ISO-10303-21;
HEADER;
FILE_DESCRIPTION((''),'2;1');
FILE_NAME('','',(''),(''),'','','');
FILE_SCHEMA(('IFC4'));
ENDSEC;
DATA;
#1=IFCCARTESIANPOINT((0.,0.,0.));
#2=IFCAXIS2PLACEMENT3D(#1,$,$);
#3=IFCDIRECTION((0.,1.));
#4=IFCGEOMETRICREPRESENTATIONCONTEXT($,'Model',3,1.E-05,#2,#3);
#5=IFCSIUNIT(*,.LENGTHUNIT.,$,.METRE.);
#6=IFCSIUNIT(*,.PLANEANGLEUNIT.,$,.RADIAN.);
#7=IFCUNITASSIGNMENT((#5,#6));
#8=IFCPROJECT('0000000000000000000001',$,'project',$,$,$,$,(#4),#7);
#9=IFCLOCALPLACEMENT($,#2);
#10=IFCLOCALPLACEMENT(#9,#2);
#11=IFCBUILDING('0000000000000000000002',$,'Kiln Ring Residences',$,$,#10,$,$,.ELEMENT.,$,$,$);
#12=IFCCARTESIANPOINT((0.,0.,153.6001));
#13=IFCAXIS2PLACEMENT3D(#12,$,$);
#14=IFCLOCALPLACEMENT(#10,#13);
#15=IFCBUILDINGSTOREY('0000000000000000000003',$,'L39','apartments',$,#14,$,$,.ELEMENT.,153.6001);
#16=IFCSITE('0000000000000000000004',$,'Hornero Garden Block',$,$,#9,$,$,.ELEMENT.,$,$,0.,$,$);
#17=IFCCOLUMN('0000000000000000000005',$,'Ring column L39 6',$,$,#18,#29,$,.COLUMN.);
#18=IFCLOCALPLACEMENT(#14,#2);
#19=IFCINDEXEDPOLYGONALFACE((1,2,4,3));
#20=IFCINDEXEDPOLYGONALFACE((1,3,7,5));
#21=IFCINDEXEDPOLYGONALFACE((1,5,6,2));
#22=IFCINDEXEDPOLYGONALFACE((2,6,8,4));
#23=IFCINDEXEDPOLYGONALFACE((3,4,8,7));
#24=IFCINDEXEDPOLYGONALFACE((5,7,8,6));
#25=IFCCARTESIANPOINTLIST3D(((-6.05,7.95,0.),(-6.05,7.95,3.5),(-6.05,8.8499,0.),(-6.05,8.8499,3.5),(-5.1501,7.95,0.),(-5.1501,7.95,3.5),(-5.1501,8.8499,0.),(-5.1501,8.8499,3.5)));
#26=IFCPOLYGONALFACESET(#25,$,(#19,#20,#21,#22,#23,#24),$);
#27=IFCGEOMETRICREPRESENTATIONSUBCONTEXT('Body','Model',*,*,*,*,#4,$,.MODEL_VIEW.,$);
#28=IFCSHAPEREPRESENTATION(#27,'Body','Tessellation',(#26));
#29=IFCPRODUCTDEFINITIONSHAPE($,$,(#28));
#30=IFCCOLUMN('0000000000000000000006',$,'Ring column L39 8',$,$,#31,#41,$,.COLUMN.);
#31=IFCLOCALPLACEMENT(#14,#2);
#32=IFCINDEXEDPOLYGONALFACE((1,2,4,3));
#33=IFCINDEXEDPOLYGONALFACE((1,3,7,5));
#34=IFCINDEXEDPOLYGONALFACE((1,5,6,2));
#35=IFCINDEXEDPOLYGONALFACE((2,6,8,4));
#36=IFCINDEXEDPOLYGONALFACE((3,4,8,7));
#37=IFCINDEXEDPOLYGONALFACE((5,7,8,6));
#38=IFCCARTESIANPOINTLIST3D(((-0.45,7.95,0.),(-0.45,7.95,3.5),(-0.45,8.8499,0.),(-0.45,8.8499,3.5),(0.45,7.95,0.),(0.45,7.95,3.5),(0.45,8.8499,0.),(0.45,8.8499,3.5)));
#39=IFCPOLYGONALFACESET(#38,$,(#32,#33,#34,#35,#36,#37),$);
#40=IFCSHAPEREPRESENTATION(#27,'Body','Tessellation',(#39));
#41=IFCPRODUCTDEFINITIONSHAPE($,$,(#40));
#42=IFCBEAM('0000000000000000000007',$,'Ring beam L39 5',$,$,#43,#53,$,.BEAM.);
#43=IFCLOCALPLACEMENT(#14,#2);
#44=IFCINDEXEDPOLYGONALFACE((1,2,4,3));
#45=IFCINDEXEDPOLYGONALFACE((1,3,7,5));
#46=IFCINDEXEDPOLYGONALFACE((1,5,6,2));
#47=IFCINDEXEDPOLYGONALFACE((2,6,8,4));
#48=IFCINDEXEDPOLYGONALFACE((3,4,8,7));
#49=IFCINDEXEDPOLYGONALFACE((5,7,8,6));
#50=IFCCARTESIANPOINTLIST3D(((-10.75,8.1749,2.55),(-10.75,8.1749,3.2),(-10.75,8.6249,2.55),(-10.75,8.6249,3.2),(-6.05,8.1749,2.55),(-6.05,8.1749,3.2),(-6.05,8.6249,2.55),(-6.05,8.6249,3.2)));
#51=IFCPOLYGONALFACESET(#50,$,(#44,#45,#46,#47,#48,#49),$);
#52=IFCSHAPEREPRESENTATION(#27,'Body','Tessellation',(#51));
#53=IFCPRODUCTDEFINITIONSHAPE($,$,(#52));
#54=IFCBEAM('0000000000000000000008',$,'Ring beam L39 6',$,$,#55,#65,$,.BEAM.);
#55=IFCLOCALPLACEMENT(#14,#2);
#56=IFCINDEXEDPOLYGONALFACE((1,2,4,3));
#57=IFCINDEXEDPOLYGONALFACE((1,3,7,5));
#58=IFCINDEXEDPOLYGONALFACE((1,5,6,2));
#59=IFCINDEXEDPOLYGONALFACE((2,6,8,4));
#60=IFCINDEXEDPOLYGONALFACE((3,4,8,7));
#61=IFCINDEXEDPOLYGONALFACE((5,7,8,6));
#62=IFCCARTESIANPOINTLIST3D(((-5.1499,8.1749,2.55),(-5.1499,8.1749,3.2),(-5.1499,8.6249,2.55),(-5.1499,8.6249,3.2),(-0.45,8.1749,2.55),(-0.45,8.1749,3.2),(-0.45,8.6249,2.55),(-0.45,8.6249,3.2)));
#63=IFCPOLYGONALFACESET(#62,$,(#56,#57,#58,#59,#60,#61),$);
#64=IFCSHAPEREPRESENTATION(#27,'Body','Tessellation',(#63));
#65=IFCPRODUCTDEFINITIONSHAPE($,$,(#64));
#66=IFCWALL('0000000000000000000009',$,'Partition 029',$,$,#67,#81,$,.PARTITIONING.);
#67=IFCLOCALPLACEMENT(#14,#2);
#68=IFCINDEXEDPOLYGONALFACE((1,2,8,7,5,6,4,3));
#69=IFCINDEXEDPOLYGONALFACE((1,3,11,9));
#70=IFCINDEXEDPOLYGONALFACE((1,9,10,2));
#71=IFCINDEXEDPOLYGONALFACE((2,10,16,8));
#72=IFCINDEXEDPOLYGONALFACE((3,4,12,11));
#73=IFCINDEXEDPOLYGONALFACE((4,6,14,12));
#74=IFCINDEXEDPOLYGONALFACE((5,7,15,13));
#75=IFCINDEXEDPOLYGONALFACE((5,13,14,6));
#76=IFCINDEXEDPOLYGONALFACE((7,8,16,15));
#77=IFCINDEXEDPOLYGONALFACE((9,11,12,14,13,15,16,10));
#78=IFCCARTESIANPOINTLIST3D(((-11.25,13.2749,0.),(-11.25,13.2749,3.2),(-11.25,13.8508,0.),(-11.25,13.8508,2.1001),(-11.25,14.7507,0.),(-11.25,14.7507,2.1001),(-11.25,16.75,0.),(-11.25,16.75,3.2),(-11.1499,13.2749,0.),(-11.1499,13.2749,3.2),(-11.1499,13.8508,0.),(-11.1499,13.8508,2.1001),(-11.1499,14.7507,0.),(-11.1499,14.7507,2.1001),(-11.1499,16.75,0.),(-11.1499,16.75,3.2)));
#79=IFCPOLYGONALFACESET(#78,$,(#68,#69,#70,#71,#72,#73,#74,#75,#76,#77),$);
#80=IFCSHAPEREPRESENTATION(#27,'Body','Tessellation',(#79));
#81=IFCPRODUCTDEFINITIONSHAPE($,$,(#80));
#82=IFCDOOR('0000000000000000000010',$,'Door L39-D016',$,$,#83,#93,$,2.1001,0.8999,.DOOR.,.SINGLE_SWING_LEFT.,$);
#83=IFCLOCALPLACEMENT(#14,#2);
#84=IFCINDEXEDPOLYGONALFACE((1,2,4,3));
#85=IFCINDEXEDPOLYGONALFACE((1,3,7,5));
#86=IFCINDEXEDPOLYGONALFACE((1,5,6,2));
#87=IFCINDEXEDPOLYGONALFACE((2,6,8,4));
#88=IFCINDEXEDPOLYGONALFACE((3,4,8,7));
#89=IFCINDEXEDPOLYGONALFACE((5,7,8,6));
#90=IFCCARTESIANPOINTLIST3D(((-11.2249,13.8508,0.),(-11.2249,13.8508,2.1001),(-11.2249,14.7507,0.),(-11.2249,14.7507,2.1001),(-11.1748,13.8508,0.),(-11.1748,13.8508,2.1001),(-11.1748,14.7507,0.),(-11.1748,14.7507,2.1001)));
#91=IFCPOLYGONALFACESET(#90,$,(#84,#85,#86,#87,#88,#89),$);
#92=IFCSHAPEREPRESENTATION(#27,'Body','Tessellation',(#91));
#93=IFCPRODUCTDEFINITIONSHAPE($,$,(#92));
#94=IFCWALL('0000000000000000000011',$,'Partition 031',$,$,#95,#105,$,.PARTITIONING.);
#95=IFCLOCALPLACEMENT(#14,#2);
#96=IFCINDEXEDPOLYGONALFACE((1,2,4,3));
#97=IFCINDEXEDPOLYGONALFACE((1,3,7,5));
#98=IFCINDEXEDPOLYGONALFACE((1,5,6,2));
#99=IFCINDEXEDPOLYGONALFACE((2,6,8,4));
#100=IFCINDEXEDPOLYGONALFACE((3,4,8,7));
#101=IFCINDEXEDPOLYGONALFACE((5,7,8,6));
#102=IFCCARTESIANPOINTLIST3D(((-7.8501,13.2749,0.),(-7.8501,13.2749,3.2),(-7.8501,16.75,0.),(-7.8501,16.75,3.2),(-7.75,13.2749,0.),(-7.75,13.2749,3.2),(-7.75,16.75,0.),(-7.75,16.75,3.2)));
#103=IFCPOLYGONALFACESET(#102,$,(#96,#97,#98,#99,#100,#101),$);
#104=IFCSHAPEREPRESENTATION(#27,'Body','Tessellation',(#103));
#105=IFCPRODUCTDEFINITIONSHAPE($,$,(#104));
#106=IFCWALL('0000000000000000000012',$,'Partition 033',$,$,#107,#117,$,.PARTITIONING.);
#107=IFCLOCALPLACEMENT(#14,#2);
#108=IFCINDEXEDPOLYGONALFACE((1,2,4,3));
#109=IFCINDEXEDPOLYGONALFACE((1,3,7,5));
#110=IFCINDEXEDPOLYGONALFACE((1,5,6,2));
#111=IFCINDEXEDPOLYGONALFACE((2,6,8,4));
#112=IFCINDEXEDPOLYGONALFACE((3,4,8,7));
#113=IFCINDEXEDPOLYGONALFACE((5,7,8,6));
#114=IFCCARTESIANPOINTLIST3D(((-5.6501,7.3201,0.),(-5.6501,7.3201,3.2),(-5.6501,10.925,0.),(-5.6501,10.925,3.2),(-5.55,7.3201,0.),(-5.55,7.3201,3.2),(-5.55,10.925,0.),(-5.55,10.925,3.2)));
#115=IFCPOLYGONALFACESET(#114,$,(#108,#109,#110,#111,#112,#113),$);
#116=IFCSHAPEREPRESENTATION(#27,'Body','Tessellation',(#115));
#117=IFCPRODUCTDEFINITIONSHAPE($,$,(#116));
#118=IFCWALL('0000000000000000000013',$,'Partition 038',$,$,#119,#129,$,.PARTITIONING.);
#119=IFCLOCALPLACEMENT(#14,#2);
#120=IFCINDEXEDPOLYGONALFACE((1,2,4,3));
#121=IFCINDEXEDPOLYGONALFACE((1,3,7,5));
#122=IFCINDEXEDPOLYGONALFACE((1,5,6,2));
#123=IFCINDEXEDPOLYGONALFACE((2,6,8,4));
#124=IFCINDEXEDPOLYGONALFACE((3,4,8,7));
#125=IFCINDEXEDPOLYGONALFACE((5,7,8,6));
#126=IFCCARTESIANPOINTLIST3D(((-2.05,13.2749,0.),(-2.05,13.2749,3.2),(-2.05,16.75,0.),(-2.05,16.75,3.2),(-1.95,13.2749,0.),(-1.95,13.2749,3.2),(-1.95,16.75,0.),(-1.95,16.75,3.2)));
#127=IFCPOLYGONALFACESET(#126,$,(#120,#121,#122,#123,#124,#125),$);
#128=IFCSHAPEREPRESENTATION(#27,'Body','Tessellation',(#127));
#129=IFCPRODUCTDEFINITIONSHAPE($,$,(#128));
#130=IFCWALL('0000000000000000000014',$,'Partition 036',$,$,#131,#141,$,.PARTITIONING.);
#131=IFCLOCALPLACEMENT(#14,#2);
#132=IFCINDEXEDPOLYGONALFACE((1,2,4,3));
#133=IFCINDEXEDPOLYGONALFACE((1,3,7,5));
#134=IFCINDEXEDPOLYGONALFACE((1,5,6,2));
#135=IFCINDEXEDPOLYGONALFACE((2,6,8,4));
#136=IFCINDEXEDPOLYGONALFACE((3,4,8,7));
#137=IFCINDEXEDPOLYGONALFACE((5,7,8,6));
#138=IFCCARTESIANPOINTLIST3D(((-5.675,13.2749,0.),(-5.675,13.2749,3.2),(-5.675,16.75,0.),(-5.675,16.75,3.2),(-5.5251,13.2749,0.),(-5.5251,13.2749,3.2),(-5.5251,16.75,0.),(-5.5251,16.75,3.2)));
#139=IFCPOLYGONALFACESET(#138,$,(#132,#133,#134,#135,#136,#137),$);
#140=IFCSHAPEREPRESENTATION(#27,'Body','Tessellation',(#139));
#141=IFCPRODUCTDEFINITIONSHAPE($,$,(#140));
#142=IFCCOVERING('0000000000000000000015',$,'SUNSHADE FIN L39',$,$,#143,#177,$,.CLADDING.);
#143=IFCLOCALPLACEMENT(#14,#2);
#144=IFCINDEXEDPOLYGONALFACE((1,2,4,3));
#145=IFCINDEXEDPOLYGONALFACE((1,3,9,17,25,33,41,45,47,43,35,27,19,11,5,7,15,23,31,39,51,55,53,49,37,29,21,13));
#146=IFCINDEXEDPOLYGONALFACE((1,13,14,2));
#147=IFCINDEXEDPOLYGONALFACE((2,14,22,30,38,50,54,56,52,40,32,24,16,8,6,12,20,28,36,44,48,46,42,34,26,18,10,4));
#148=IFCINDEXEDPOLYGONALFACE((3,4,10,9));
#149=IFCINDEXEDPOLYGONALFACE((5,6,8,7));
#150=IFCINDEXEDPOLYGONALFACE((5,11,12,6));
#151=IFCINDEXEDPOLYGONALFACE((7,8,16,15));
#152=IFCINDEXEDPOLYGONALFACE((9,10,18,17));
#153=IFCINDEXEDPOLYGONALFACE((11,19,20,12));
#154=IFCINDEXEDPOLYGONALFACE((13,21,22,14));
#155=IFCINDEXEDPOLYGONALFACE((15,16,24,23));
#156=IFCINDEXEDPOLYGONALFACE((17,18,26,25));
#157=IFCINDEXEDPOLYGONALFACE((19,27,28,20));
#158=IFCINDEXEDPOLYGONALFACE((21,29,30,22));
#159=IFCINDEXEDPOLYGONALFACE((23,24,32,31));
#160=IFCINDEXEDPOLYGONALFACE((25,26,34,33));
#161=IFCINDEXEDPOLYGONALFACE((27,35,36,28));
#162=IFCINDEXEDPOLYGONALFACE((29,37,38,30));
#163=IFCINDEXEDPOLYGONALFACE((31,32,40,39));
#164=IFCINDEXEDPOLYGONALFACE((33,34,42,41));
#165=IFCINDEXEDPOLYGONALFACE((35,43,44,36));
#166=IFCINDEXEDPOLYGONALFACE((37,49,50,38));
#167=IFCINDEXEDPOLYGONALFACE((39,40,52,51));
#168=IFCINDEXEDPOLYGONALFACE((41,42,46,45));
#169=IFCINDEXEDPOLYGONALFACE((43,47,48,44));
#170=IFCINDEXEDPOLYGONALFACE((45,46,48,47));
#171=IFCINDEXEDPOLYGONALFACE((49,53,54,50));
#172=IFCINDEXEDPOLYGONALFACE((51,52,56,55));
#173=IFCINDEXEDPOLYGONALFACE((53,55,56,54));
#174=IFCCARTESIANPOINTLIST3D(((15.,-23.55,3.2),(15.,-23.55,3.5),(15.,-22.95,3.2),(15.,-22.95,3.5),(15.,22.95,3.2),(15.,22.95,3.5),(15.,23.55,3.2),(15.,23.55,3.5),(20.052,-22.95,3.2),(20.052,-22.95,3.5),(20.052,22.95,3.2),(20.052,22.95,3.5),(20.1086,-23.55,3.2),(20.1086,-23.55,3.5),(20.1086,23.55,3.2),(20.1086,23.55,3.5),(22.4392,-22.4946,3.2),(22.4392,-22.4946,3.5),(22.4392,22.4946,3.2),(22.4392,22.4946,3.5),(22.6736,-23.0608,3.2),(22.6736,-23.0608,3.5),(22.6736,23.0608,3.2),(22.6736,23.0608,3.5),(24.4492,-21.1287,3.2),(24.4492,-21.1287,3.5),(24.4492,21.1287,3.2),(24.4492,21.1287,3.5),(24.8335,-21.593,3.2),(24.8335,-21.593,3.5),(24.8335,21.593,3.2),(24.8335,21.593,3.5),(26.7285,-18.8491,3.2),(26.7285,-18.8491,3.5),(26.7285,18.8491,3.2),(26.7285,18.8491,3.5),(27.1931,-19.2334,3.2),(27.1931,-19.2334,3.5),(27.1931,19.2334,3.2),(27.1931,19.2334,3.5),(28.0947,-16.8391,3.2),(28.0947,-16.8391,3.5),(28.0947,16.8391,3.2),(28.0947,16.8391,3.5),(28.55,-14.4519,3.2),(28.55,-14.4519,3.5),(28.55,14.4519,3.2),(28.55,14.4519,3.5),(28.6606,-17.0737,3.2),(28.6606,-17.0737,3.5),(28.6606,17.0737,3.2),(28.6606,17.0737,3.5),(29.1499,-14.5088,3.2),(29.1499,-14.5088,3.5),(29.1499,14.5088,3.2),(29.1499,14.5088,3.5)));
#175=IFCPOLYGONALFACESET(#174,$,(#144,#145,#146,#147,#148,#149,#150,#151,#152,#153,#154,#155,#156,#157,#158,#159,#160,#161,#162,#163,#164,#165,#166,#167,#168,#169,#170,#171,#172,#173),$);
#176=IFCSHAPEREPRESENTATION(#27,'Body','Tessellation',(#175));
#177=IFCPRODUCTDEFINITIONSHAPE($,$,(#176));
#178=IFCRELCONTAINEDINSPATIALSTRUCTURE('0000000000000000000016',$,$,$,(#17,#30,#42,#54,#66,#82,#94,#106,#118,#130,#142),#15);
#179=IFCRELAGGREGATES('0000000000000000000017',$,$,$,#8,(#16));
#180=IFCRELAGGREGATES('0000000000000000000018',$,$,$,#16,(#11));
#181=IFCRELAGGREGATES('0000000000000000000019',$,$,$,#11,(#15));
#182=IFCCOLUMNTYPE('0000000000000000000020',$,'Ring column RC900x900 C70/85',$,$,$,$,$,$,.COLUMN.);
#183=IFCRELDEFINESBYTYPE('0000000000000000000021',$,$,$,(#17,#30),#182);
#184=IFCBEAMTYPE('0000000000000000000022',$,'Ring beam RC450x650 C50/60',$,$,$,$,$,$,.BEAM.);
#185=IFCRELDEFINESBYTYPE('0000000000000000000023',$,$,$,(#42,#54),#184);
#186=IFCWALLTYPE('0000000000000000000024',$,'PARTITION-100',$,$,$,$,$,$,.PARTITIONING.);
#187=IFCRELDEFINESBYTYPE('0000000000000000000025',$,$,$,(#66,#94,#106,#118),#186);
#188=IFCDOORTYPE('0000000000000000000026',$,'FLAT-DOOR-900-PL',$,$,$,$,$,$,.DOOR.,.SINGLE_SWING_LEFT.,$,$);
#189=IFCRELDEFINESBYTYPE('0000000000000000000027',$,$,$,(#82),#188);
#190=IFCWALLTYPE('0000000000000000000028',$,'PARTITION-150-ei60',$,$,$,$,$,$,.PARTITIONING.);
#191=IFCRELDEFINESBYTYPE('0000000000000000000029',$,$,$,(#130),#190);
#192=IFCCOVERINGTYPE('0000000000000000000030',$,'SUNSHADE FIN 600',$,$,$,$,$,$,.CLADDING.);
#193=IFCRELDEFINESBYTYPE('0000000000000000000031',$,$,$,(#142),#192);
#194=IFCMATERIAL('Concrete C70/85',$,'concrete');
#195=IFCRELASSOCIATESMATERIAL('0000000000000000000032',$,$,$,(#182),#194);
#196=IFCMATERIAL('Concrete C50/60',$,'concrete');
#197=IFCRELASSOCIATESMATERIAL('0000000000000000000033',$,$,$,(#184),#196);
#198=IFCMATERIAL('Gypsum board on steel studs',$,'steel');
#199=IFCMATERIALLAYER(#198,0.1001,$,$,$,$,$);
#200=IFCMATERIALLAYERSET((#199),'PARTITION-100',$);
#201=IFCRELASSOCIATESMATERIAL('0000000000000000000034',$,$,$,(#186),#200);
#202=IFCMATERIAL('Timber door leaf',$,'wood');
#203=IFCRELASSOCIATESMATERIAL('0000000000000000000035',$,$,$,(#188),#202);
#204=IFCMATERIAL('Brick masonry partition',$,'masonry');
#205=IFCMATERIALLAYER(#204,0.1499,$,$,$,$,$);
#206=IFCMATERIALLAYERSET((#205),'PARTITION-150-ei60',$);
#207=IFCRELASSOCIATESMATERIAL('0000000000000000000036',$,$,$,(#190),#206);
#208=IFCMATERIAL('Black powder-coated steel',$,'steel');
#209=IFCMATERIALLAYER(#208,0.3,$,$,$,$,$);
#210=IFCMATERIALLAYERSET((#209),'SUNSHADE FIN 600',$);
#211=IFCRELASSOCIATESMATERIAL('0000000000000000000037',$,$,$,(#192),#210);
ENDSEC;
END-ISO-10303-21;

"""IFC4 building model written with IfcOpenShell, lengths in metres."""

from ifc_helpers import new_model, si_unit, direction, frame, frame_2d, origin, origin_2d, place, context, subcontext, project, spatial, polyline, rectangle, outline, extrude, material, layer, layer_set, material_profile, profile_set, type_object, element, fill, save


model = new_model("IFC4")

# Units and contexts
model_context = context("Model", 3, precision=1e-05, world=origin(), true_north=direction((0.0, 1.0)))
body_context = subcontext(model_context, "Body", "Model", "MODEL_VIEW")
ifc_project = project(units=[si_unit("LENGTHUNIT", "METRE"), si_unit("PLANEANGLEUNIT", "RADIAN")], contexts=[model_context])

# Site, building, storey
site_placement = place(None, origin())
site = spatial("IfcSite", under=ifc_project, at=site_placement, Name="Hornero Garden Block", CompositionType="ELEMENT", RefElevation=0.0)
building_placement = place(site_placement, origin())
building = spatial("IfcBuilding", under=site, at=building_placement, Name="Kiln Ring Residences", CompositionType="ELEMENT")
storey_placement = place(building_placement, frame((0.0, 0.0, 153.6001)))
storey = spatial("IfcBuildingStorey", under=building, at=storey_placement, Name="L39", Description="apartments", CompositionType="ELEMENT", Elevation=153.6001)

# Columns
ifc_material_1 = material(Name="Concrete C70/85", Category="concrete")
ifc_material_profile_1 = material_profile(ifc_material_1, rectangle(XDim=0.8999, YDim=0.8999, at=origin_2d()), Name="RC900x900")
ifc_profile_set_1 = profile_set([ifc_material_profile_1], Name="Concrete C70/85")
column_type = type_object("IfcColumnType", Name="Ring column RC900x900 C70/85", PredefinedType="COLUMN", material=ifc_profile_set_1)
for number, where, z_axis, x_axis, name in (
    (1, (-5.6001, 8.3999, 0.0), (0.0, 0.0, 1.0), (1.0, 0.0, 0.0), "Ring column L39 6"),
    (2, (0.0, 8.3999, 0.0), (0.0, 0.0, 1.0), (1.0, 0.0, 0.0), "Ring column L39 8"),
):
    element("IfcColumn", number, at=place(storey_placement, frame(where, z_axis=z_axis, x_axis=x_axis)), inside=storey, type_object=column_type, Name=name, PredefinedType="COLUMN", context=body_context, shape_type="SweptSolid", body=[
        extrude(rectangle(XDim=0.8999, YDim=0.8999, at=origin_2d()), origin(), (0.0, 0.0, 1.0), 3.5),
    ])

# Beams
ifc_material_2 = material(Name="Concrete C50/60", Category="concrete")
ifc_material_profile_2 = material_profile(ifc_material_2, rectangle(XDim=0.45, YDim=0.6499, at=origin_2d()), Name="RC450x650")
ifc_profile_set_2 = profile_set([ifc_material_profile_2], Name="Concrete C50/60")
beam_type = type_object("IfcBeamType", Name="Ring beam RC450x650 C50/60", PredefinedType="BEAM", material=ifc_profile_set_2)
for number, where, z_axis, x_axis, name in (
    (3, (-10.75, 8.3999, 2.875), (1.0, 0.0, 0.0), (0.0, 1.0, 0.0), "Ring beam L39 5"),
    (4, (-5.1499, 8.3999, 2.875), (1.0, 0.0, 0.0), (0.0, 1.0, 0.0), "Ring beam L39 6"),
):
    element("IfcBeam", number, at=place(storey_placement, frame(where, z_axis=z_axis, x_axis=x_axis)), inside=storey, type_object=beam_type, Name=name, PredefinedType="BEAM", context=body_context, shape_type="SweptSolid", body=[
        extrude(rectangle(XDim=0.45, YDim=0.6499, at=origin_2d()), origin(), (0.0, 0.0, 1.0), 4.7),
    ])

# Wall, opening, door
ifc_material_3 = material(Name="Gypsum board on steel studs", Category="steel")
ifc_layer_1 = layer(ifc_material_3, 0.1001)
ifc_layer_set_1 = layer_set([ifc_layer_1], Name="PARTITION-100")
wall_type_1 = type_object("IfcWallType", Name="PARTITION-100", PredefinedType="PARTITIONING", material=ifc_layer_set_1)
wall_1_placement = place(storey_placement, frame((-11.2, 13.2749, 0.0), z_axis=(0.0, 0.0, 1.0), x_axis=(0.0, 1.0, 0.0)))
wall_1 = element("IfcWall", 5, at=wall_1_placement, inside=storey, type_object=wall_type_1, Name="Partition 029", PredefinedType="PARTITIONING", context=body_context, shape_type="SweptSolid", body=[
    extrude(rectangle(XDim=3.4751, YDim=0.1001, at=frame_2d((1.7375, 0.0))), origin(), (0.0, 0.0, 1.0), 3.2),
])
opening_placement = place(wall_1_placement, frame((0.5759, 0.0, 0.0)))
opening = element("IfcOpeningElement", 6, at=opening_placement, cuts=wall_1, PredefinedType="OPENING", context=body_context, shape_type="SweptSolid", body=[
    extrude(rectangle(XDim=0.8999, YDim=2.1001, at=frame_2d((0.45, 1.05))), frame((0.0, 0.0601, 0.0), z_axis=(0.0, -1.0, 0.0), x_axis=(1.0, 0.0, 0.0)), (0.0, 0.0, 1.0), 0.1201),
])
ifc_material_4 = material(Name="Timber door leaf", Category="wood")
door_type = type_object("IfcDoorType", Name="FLAT-DOOR-900-PL", OperationType="SINGLE_SWING_LEFT", PredefinedType="DOOR", material=ifc_material_4)
door_placement = place(opening_placement, origin())
door = element("IfcDoor", 7, at=door_placement, inside=storey, type_object=door_type, Name="Door L39-D016", OperationType="SINGLE_SWING_LEFT", OverallHeight=2.1001, OverallWidth=0.8999, PredefinedType="DOOR", context=body_context, shape_type="SweptSolid", body=[
    extrude(rectangle(XDim=0.8999, YDim=2.1001, at=frame_2d((0.45, 1.05))), frame((0.0, 0.0249, 0.0), z_axis=(0.0, -1.0, 0.0), x_axis=(1.0, 0.0, 0.0)), (0.0, 0.0, 1.0), 0.05),
])
fill(opening, door)

# Walls
wall_2_placement = place(storey_placement, frame((-7.8, 13.2749, 0.0), z_axis=(0.0, 0.0, 1.0), x_axis=(0.0, 1.0, 0.0)))
element("IfcWall", 8, at=wall_2_placement, inside=storey, type_object=wall_type_1, Name="Partition 031", PredefinedType="PARTITIONING", context=body_context, shape_type="SweptSolid", body=[
    extrude(rectangle(XDim=3.4751, YDim=0.1001, at=frame_2d((1.7375, 0.0))), origin(), (0.0, 0.0, 1.0), 3.2),
])
wall_3_placement = place(storey_placement, frame((-5.6001, 7.3201, 0.0), z_axis=(0.0, 0.0, 1.0), x_axis=(0.0, 1.0, 0.0)))
element("IfcWall", 9, at=wall_3_placement, inside=storey, type_object=wall_type_1, Name="Partition 033", PredefinedType="PARTITIONING", context=body_context, shape_type="SweptSolid", body=[
    extrude(rectangle(XDim=3.605, YDim=0.1001, at=frame_2d((1.8025, 0.0))), origin(), (0.0, 0.0, 1.0), 3.2),
])
wall_4_placement = place(storey_placement, frame((-2.0, 13.2749, 0.0), z_axis=(0.0, 0.0, 1.0), x_axis=(0.0, 1.0, 0.0)))
element("IfcWall", 10, at=wall_4_placement, inside=storey, type_object=wall_type_1, Name="Partition 038", PredefinedType="PARTITIONING", context=body_context, shape_type="SweptSolid", body=[
    extrude(rectangle(XDim=3.4751, YDim=0.1001, at=frame_2d((1.7375, 0.0))), origin(), (0.0, 0.0, 1.0), 3.2),
])
ifc_material_5 = material(Name="Brick masonry partition", Category="masonry")
ifc_layer_2 = layer(ifc_material_5, 0.1499)
ifc_layer_set_2 = layer_set([ifc_layer_2], Name="PARTITION-150-ei60")
wall_type_2 = type_object("IfcWallType", Name="PARTITION-150-ei60", PredefinedType="PARTITIONING", material=ifc_layer_set_2)
wall_5_placement = place(storey_placement, frame((-5.6001, 13.2749, 0.0), z_axis=(0.0, 0.0, 1.0), x_axis=(0.0, 1.0, 0.0)))
element("IfcWall", 11, at=wall_5_placement, inside=storey, type_object=wall_type_2, Name="Partition 036", PredefinedType="PARTITIONING", context=body_context, shape_type="SweptSolid", body=[
    extrude(rectangle(XDim=3.4751, YDim=0.1499, at=frame_2d((1.7375, 0.0))), origin(), (0.0, 0.0, 1.0), 3.2),
])

# Covering
ifc_material_6 = material(Name="Black powder-coated steel", Category="steel")
ifc_layer_3 = layer(ifc_material_6, 0.3)
ifc_layer_set_3 = layer_set([ifc_layer_3], Name="SUNSHADE FIN 600")
covering_type = type_object("IfcCoveringType", Name="SUNSHADE FIN 600", PredefinedType="CLADDING", material=ifc_layer_set_3)
covering_placement = place(storey_placement, frame((0.0, 0.0, 3.2)))
element("IfcCovering", 12, at=covering_placement, inside=storey, type_object=covering_type, Name="SUNSHADE FIN L39", PredefinedType="CLADDING", context=body_context, shape_type="SweptSolid", body=[
    extrude(outline(polyline([(20.1086, 23.55), (15.0, 23.55), (15.0, 22.95), (20.052, 22.95), (22.4392, 22.4946), (24.4492, 21.1287), (26.7285, 18.8491), (28.0947, 16.8391), (28.55, 14.4519), (28.55, -14.4519), (28.0947, -16.8391), (26.7285, -18.8491), (24.4492, -21.1287), (22.4392, -22.4946), (20.052, -22.95), (15.0, -22.95), (15.0, -23.55), (20.1086, -23.55), (22.6736, -23.0608), (24.8335, -21.593), (27.1931, -19.2334), (28.6606, -17.0737), (29.1499, -14.5088), (29.1499, 14.5088), (28.6606, 17.0737), (27.1931, 19.2334), (24.8335, 21.593), (22.6736, 23.0608), (20.1086, 23.55)])), origin(), (0.0, 0.0, 1.0), 0.3),
])

save(model, "model.ifc")
